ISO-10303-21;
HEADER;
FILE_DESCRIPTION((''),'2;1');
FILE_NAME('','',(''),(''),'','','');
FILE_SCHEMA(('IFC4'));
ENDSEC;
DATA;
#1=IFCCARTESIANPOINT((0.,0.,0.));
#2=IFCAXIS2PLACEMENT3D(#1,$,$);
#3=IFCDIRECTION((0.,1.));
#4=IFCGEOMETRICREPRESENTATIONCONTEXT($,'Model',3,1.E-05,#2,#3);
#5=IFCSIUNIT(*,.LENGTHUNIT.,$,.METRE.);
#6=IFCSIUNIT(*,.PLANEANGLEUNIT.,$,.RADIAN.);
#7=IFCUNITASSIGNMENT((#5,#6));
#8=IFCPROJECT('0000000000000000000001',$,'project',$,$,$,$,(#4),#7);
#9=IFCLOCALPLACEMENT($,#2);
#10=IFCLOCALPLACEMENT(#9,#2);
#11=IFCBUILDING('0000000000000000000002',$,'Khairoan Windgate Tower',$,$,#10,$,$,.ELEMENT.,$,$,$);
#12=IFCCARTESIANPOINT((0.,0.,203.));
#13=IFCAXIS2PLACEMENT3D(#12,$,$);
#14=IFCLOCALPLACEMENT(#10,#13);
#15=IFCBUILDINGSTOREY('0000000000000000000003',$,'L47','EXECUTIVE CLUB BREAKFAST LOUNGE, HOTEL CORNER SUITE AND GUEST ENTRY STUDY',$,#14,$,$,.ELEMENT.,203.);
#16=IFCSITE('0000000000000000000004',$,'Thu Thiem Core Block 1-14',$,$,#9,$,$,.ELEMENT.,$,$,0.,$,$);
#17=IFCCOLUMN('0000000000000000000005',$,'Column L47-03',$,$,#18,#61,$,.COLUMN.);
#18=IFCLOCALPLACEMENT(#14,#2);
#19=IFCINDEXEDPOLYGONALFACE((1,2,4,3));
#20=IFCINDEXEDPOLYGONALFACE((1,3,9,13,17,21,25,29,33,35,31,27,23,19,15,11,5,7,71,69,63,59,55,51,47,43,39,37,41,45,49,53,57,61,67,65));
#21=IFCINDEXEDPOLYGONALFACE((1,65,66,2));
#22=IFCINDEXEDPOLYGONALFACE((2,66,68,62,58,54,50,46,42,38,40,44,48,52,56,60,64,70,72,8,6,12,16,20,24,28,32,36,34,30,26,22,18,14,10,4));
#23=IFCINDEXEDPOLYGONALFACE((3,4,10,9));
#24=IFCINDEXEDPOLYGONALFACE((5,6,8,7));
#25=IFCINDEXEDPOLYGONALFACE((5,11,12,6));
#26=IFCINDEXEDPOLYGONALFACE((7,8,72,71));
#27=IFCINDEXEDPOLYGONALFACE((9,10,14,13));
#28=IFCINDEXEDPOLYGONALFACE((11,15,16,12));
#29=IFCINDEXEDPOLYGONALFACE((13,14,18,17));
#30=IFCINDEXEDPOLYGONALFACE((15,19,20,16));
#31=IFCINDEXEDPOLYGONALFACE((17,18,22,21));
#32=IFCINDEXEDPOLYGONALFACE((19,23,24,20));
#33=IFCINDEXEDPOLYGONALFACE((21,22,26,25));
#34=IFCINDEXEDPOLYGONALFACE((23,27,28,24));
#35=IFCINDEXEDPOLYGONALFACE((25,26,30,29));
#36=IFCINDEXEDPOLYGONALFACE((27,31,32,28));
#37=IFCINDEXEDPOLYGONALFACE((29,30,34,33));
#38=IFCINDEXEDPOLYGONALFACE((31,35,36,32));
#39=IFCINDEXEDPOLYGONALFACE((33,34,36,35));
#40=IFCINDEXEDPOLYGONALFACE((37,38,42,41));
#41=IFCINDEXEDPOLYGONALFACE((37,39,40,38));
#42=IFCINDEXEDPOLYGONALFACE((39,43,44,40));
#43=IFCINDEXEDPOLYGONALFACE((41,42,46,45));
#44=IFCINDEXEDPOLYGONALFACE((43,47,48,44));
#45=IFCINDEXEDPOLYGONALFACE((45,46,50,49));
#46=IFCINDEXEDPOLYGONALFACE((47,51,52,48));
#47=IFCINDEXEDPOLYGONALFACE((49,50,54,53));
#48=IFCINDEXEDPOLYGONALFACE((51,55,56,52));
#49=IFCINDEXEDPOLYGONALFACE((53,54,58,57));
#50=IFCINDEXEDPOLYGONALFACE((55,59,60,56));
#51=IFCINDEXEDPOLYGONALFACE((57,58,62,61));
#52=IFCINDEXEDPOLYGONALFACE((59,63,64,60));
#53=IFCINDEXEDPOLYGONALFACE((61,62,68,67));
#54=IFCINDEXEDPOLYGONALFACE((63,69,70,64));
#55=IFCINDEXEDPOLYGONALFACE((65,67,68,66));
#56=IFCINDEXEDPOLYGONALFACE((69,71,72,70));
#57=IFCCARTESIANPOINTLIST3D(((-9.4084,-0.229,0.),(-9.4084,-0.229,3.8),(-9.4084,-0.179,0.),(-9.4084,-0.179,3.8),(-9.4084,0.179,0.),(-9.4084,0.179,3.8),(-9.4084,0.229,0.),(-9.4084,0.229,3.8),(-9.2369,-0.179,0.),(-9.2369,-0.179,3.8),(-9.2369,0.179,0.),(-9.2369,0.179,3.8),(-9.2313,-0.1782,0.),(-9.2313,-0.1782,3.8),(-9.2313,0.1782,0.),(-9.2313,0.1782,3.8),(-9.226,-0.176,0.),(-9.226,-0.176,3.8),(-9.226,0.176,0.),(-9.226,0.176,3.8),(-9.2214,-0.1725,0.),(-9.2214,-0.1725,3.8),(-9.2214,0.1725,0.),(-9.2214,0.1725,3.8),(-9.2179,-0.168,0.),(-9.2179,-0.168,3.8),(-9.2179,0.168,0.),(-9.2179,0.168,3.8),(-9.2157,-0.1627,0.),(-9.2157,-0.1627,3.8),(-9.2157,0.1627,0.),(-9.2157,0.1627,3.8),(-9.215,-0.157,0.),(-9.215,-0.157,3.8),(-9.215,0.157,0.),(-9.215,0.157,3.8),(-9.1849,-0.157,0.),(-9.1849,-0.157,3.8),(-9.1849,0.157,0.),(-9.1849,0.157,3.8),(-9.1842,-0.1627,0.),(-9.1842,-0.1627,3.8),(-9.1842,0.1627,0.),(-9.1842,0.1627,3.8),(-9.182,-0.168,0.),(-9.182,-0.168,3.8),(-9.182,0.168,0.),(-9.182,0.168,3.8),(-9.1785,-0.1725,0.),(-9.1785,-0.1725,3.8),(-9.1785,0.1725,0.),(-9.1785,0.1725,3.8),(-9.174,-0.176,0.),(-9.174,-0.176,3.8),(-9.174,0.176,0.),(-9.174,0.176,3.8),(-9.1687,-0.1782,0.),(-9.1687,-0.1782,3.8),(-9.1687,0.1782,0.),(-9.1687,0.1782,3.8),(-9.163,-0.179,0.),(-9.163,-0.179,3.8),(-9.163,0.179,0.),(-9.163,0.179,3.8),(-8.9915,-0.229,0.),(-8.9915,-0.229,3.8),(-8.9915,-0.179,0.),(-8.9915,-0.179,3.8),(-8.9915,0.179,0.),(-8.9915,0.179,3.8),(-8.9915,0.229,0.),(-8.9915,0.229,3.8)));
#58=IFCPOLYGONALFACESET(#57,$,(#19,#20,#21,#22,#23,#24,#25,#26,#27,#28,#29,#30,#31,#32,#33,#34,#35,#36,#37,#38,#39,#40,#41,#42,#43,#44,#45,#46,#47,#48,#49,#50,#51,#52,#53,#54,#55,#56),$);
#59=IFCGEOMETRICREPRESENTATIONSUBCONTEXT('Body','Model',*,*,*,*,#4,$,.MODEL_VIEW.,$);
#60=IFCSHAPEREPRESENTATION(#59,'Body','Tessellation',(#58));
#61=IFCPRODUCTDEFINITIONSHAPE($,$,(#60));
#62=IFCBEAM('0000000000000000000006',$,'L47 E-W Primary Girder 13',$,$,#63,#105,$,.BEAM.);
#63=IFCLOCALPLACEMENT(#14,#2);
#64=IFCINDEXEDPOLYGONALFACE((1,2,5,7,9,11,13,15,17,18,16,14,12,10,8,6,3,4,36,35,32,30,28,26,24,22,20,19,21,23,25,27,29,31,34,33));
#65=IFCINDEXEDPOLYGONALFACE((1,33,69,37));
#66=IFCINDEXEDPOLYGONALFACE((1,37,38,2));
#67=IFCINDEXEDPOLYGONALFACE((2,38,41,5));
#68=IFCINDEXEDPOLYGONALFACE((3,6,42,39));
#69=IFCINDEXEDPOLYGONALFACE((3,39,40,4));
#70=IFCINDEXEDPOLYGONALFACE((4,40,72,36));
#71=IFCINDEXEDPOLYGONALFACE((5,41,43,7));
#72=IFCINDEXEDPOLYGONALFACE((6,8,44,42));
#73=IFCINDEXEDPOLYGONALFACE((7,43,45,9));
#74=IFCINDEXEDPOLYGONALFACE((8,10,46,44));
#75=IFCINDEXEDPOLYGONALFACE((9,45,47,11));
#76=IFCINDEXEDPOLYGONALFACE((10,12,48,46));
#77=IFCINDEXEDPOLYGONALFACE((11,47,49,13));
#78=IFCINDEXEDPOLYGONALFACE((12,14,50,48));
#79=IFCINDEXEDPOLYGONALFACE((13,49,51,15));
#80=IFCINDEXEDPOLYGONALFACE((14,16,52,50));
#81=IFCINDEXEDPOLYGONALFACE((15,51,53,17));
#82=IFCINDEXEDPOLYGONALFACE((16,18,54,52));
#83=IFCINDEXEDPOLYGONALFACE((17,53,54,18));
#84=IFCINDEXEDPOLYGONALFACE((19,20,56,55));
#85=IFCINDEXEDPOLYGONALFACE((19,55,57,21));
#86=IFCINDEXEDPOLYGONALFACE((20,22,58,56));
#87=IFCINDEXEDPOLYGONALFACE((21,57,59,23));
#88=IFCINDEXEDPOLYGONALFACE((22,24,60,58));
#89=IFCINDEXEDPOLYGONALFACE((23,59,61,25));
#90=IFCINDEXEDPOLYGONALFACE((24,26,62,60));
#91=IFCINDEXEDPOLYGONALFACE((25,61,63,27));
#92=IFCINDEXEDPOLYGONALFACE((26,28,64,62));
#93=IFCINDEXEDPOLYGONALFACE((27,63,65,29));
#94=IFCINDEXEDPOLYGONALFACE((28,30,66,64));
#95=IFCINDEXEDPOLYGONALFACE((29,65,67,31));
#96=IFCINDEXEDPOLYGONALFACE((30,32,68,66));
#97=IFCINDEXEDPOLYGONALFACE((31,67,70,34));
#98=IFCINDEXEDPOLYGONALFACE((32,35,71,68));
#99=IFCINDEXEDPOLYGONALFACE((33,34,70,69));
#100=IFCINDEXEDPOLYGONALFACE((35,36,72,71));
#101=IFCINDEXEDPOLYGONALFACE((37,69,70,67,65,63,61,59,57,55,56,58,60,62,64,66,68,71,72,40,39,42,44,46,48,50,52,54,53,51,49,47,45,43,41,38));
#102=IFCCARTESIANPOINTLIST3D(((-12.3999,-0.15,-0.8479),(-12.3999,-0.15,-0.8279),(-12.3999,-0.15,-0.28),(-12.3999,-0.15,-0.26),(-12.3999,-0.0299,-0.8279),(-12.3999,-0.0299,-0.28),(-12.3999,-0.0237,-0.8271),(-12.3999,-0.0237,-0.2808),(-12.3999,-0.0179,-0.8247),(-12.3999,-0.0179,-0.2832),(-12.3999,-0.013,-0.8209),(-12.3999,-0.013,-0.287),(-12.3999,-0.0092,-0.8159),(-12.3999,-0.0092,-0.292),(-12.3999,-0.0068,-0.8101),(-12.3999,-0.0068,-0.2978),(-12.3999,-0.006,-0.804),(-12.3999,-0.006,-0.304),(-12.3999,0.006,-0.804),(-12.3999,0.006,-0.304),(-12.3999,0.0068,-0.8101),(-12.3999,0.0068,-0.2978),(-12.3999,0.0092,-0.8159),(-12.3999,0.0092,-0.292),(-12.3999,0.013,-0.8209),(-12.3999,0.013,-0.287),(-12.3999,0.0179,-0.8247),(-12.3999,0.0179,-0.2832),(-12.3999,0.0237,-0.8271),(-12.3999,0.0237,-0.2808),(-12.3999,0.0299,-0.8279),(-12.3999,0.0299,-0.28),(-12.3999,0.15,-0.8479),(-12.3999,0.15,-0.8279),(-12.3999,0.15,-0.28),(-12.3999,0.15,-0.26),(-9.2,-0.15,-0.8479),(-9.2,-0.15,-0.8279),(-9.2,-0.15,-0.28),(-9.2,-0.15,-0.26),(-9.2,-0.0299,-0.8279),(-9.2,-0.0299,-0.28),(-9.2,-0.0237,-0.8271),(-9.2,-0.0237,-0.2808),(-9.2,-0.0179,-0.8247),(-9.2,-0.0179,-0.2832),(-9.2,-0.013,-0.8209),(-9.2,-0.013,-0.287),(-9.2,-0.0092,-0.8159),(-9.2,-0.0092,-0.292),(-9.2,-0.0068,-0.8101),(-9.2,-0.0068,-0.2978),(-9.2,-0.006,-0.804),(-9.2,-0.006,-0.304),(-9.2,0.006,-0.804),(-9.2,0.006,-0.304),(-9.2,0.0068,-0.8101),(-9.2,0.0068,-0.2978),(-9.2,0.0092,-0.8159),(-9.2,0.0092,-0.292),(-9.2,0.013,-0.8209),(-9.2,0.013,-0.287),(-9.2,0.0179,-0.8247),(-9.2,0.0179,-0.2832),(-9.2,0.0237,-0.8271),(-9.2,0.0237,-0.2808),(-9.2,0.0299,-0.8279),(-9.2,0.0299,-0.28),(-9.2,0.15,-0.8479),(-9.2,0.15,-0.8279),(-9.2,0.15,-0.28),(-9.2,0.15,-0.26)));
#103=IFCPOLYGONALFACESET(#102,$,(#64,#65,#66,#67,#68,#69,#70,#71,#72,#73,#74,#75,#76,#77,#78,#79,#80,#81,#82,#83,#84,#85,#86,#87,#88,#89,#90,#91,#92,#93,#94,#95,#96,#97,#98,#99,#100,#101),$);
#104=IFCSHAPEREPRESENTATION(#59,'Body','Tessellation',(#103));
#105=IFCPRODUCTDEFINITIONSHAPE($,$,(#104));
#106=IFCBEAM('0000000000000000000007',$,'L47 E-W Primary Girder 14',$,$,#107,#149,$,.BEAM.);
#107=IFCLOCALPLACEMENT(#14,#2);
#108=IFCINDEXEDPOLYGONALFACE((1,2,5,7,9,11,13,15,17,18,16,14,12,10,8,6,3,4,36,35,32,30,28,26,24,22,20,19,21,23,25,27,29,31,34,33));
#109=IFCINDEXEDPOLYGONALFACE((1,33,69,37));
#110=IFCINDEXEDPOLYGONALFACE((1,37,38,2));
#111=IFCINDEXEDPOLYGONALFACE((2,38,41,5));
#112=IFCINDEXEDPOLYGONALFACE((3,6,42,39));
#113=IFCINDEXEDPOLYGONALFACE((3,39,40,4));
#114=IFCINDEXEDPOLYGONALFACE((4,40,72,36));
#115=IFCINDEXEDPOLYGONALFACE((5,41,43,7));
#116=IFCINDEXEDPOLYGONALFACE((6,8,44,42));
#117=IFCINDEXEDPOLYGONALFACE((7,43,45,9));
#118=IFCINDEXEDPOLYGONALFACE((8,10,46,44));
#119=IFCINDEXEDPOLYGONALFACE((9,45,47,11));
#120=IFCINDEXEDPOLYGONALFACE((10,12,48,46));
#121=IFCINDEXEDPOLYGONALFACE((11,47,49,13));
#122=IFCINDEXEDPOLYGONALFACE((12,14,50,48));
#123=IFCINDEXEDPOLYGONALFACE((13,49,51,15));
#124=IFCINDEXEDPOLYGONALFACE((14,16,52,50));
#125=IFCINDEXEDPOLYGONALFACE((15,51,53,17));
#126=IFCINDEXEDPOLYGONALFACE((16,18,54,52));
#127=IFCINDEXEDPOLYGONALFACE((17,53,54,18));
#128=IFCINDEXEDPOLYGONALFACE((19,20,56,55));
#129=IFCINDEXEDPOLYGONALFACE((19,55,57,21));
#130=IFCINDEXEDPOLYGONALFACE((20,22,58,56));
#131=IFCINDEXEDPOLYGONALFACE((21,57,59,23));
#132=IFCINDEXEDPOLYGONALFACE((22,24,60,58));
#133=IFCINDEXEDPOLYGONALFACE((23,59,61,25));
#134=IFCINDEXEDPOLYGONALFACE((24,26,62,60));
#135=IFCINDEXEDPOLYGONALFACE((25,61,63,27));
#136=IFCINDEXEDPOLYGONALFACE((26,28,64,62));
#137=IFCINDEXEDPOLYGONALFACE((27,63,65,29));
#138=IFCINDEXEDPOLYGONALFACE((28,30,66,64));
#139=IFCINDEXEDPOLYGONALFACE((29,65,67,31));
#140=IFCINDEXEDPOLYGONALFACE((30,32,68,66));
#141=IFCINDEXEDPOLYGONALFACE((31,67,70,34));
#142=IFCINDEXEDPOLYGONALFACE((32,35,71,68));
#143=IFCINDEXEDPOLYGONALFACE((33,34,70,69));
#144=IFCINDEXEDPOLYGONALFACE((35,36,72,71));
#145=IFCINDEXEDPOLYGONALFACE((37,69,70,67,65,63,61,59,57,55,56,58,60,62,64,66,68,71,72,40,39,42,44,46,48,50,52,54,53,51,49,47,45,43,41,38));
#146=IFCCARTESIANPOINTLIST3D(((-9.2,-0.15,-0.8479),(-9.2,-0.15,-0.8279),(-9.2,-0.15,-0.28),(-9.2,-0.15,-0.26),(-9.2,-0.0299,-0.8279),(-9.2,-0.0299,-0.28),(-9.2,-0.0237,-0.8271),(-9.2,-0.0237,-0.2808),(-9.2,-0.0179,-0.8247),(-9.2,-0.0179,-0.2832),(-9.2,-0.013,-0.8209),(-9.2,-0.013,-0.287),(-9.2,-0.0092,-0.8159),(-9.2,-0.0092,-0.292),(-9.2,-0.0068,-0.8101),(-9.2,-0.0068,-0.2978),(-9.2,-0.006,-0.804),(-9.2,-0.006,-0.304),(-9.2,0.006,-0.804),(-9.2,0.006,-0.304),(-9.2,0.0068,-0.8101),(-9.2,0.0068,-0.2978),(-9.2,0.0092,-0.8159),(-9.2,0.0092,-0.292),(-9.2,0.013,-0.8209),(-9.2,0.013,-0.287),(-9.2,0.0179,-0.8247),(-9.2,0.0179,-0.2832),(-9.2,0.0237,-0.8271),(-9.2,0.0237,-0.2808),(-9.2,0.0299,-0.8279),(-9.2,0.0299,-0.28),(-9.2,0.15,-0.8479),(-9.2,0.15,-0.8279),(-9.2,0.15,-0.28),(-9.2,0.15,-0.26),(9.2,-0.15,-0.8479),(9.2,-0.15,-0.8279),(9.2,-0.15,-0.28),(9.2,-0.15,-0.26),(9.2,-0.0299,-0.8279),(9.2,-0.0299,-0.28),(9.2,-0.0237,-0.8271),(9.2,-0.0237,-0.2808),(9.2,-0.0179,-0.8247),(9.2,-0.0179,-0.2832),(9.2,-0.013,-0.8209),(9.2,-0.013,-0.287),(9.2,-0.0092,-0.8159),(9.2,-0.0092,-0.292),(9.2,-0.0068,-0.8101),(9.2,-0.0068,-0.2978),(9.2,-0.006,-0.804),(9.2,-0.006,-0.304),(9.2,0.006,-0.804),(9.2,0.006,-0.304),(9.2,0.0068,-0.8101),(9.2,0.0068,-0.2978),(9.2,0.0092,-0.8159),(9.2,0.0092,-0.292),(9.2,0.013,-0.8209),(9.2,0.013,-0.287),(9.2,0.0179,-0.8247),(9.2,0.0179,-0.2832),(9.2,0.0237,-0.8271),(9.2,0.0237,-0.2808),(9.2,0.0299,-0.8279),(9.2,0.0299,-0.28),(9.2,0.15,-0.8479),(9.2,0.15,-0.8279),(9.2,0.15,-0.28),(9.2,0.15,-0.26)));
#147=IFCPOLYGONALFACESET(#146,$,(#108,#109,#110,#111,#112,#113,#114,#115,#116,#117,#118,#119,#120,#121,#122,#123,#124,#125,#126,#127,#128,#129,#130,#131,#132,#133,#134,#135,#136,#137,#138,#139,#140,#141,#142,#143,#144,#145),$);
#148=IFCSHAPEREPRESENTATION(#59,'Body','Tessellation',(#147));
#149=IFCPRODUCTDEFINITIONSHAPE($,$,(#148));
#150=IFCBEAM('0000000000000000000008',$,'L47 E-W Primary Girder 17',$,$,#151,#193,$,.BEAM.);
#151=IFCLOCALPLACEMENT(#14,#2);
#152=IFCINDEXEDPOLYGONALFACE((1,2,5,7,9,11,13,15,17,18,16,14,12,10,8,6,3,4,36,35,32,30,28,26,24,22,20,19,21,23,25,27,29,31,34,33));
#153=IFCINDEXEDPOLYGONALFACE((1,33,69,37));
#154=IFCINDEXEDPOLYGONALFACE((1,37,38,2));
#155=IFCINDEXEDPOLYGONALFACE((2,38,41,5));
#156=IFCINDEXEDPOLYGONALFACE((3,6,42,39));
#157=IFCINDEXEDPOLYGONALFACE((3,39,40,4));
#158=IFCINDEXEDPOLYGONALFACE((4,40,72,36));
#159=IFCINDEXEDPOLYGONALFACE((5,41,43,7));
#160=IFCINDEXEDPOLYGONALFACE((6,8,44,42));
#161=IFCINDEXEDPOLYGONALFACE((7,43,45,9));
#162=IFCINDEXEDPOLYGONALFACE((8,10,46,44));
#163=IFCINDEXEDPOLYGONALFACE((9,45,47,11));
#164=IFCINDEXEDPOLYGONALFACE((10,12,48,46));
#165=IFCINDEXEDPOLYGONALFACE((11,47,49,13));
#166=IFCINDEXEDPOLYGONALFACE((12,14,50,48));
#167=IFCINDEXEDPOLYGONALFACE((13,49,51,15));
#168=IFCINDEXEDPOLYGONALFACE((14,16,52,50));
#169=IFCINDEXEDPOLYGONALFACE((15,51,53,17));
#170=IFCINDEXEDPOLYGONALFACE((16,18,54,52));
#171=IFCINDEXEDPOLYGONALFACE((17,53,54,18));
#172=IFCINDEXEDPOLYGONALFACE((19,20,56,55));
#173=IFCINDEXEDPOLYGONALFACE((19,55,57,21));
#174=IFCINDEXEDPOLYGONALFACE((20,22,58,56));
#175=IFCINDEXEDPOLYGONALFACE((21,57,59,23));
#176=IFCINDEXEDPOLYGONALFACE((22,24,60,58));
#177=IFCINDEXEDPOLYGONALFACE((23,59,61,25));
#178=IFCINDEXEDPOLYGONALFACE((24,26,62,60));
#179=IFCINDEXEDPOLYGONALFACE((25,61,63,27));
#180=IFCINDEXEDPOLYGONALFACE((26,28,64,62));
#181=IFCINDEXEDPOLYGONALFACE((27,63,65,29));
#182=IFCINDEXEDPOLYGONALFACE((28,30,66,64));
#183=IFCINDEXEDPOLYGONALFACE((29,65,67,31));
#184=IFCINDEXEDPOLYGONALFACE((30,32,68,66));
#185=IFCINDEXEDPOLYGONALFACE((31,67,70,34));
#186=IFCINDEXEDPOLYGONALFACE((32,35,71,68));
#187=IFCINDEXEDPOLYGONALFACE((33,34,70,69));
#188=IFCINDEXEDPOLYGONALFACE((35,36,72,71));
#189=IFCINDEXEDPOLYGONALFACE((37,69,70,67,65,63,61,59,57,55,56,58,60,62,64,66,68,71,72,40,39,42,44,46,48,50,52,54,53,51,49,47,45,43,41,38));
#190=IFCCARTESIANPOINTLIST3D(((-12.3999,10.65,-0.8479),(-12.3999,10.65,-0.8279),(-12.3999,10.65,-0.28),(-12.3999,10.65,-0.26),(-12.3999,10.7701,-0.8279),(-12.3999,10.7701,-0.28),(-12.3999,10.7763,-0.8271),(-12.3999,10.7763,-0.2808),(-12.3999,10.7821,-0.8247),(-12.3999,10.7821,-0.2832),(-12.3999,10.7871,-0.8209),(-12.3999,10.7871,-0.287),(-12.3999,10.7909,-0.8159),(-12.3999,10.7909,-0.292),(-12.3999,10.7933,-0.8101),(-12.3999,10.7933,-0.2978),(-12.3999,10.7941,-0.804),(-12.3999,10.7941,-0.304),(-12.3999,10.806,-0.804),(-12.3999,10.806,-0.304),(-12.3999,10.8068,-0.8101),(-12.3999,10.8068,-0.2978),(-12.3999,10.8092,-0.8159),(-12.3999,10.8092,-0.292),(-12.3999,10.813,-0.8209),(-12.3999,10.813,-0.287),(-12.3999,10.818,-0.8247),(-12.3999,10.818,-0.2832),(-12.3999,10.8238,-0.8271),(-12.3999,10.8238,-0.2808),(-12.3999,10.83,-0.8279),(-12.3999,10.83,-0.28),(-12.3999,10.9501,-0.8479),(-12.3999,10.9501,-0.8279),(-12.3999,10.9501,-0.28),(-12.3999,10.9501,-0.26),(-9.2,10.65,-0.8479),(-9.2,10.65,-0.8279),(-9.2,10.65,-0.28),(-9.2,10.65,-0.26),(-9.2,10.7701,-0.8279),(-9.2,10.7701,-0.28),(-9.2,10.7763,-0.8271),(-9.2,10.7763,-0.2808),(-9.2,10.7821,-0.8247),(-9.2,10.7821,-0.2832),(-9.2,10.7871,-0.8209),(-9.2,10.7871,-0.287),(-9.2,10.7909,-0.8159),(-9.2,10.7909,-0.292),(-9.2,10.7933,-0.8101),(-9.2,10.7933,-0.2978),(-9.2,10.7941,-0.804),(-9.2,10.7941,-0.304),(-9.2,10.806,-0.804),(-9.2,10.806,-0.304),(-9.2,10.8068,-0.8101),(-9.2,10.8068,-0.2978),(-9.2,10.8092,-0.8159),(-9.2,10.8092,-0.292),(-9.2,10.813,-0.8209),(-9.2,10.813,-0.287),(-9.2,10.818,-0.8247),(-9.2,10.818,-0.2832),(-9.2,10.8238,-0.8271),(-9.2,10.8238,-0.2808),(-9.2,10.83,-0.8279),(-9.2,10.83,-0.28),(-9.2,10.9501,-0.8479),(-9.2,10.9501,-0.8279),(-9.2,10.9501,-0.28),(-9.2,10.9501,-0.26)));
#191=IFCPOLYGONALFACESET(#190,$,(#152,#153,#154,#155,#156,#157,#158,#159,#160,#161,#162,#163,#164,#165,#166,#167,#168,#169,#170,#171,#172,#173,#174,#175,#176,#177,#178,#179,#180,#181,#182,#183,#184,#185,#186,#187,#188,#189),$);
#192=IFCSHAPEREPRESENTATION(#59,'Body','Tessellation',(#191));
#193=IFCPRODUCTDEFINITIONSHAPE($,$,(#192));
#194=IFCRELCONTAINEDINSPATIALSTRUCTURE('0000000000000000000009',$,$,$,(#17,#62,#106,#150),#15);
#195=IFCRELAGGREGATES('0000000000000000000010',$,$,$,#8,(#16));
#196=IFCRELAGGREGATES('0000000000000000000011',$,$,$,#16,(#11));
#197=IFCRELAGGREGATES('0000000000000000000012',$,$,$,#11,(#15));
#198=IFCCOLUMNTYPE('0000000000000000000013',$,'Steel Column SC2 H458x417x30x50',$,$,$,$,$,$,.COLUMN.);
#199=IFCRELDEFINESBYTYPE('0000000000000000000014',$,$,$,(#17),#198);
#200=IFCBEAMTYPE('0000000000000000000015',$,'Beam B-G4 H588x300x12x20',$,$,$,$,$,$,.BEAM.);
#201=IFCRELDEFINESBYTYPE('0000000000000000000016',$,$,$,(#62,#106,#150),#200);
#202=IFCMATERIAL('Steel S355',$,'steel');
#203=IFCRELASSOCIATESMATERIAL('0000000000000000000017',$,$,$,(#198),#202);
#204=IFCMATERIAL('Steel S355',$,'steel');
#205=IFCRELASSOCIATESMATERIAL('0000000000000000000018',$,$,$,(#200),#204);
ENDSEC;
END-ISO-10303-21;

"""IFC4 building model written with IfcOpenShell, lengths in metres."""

from ifc_helpers import new_model, si_unit, direction, frame, origin, origin_2d, place, context, subcontext, project, spatial, i_section, extrude, material, material_profile, profile_set, type_object, element, save


model = new_model("IFC4")

# Units and contexts
model_context = context("Model", 3, precision=1e-05, world=origin(), true_north=direction((0.0, 1.0)))
body_context = subcontext(model_context, "Body", "Model", "MODEL_VIEW")
ifc_project = project(units=[si_unit("LENGTHUNIT", "METRE"), si_unit("PLANEANGLEUNIT", "RADIAN")], contexts=[model_context])

# Site, building, storey
site_placement = place(None, origin())
site = spatial("IfcSite", under=ifc_project, at=site_placement, Name="Thu Thiem Core Block 1-14", CompositionType="ELEMENT", RefElevation=0.0)
building_placement = place(site_placement, origin())
building = spatial("IfcBuilding", under=site, at=building_placement, Name="Khairoan Windgate Tower", CompositionType="ELEMENT")
storey_placement = place(building_placement, frame((0.0, 0.0, 203.0)))
storey = spatial("IfcBuildingStorey", under=building, at=storey_placement, Name="L47", Description="EXECUTIVE CLUB BREAKFAST LOUNGE, HOTEL CORNER SUITE AND GUEST ENTRY STUDY", CompositionType="ELEMENT", Elevation=203.0)

# Column
ifc_material_1 = material(Name="Steel S355", Category="steel")
ifc_material_profile_1 = material_profile(ifc_material_1, i_section(OverallWidth=0.417, OverallDepth=0.458, WebThickness=0.03, FlangeThickness=0.05, FilletRadius=0.022, at=origin_2d()))
ifc_profile_set_1 = profile_set([ifc_material_profile_1], Name="Steel S355")
column_type = type_object("IfcColumnType", Name="Steel Column SC2 H458x417x30x50", PredefinedType="COLUMN", material=ifc_profile_set_1)
column_placement = place(storey_placement, frame((-9.2, 0.0, 0.0), z_axis=(0.0, 0.0, 1.0), x_axis=(1.0, 0.0, 0.0)))
element("IfcColumn", 1, at=column_placement, inside=storey, type_object=column_type, Name="Column L47-03", PredefinedType="COLUMN", context=body_context, shape_type="SweptSolid", body=[
    extrude(i_section(OverallWidth=0.417, OverallDepth=0.458, WebThickness=0.03, FlangeThickness=0.05, FilletRadius=0.022, at=origin_2d()), origin(), (0.0, 0.0, 1.0), 3.8),
])

# Beams
ifc_material_2 = material(Name="Steel S355", Category="steel")
ifc_material_profile_2 = material_profile(ifc_material_2, i_section(OverallWidth=0.3, OverallDepth=0.5879, WebThickness=0.012, FlangeThickness=0.02, FilletRadius=0.0239, at=origin_2d()))
ifc_profile_set_2 = profile_set([ifc_material_profile_2], Name="Steel S355")
beam_type = type_object("IfcBeamType", Name="Beam B-G4 H588x300x12x20", PredefinedType="BEAM", material=ifc_profile_set_2)
beam_1_placement = place(storey_placement, frame((-12.3999, 0.0, -0.554), z_axis=(1.0, 0.0, 0.0), x_axis=(0.0, 1.0, 0.0)))
element("IfcBeam", 2, at=beam_1_placement, inside=storey, type_object=beam_type, Name="L47 E-W Primary Girder 13", PredefinedType="BEAM", context=body_context, shape_type="SweptSolid", body=[
    extrude(i_section(OverallWidth=0.3, OverallDepth=0.5879, WebThickness=0.012, FlangeThickness=0.02, FilletRadius=0.0239, at=origin_2d()), origin(), (0.0, 0.0, 1.0), 3.2),
])
beam_2_placement = place(storey_placement, frame((-9.2, 0.0, -0.554), z_axis=(1.0, 0.0, 0.0), x_axis=(0.0, 1.0, 0.0)))
element("IfcBeam", 3, at=beam_2_placement, inside=storey, type_object=beam_type, Name="L47 E-W Primary Girder 14", PredefinedType="BEAM", context=body_context, shape_type="SweptSolid", body=[
    extrude(i_section(OverallWidth=0.3, OverallDepth=0.5879, WebThickness=0.012, FlangeThickness=0.02, FilletRadius=0.0239, at=origin_2d()), origin(), (0.0, 0.0, 1.0), 18.3999),
])
beam_3_placement = place(storey_placement, frame((-12.3999, 10.8, -0.554), z_axis=(1.0, 0.0, 0.0), x_axis=(0.0, 1.0, 0.0)))
element("IfcBeam", 4, at=beam_3_placement, inside=storey, type_object=beam_type, Name="L47 E-W Primary Girder 17", PredefinedType="BEAM", context=body_context, shape_type="SweptSolid", body=[
    extrude(i_section(OverallWidth=0.3, OverallDepth=0.5879, WebThickness=0.012, FlangeThickness=0.02, FilletRadius=0.0239, at=origin_2d()), origin(), (0.0, 0.0, 1.0), 3.2),
])

save(model, "model.ifc")
